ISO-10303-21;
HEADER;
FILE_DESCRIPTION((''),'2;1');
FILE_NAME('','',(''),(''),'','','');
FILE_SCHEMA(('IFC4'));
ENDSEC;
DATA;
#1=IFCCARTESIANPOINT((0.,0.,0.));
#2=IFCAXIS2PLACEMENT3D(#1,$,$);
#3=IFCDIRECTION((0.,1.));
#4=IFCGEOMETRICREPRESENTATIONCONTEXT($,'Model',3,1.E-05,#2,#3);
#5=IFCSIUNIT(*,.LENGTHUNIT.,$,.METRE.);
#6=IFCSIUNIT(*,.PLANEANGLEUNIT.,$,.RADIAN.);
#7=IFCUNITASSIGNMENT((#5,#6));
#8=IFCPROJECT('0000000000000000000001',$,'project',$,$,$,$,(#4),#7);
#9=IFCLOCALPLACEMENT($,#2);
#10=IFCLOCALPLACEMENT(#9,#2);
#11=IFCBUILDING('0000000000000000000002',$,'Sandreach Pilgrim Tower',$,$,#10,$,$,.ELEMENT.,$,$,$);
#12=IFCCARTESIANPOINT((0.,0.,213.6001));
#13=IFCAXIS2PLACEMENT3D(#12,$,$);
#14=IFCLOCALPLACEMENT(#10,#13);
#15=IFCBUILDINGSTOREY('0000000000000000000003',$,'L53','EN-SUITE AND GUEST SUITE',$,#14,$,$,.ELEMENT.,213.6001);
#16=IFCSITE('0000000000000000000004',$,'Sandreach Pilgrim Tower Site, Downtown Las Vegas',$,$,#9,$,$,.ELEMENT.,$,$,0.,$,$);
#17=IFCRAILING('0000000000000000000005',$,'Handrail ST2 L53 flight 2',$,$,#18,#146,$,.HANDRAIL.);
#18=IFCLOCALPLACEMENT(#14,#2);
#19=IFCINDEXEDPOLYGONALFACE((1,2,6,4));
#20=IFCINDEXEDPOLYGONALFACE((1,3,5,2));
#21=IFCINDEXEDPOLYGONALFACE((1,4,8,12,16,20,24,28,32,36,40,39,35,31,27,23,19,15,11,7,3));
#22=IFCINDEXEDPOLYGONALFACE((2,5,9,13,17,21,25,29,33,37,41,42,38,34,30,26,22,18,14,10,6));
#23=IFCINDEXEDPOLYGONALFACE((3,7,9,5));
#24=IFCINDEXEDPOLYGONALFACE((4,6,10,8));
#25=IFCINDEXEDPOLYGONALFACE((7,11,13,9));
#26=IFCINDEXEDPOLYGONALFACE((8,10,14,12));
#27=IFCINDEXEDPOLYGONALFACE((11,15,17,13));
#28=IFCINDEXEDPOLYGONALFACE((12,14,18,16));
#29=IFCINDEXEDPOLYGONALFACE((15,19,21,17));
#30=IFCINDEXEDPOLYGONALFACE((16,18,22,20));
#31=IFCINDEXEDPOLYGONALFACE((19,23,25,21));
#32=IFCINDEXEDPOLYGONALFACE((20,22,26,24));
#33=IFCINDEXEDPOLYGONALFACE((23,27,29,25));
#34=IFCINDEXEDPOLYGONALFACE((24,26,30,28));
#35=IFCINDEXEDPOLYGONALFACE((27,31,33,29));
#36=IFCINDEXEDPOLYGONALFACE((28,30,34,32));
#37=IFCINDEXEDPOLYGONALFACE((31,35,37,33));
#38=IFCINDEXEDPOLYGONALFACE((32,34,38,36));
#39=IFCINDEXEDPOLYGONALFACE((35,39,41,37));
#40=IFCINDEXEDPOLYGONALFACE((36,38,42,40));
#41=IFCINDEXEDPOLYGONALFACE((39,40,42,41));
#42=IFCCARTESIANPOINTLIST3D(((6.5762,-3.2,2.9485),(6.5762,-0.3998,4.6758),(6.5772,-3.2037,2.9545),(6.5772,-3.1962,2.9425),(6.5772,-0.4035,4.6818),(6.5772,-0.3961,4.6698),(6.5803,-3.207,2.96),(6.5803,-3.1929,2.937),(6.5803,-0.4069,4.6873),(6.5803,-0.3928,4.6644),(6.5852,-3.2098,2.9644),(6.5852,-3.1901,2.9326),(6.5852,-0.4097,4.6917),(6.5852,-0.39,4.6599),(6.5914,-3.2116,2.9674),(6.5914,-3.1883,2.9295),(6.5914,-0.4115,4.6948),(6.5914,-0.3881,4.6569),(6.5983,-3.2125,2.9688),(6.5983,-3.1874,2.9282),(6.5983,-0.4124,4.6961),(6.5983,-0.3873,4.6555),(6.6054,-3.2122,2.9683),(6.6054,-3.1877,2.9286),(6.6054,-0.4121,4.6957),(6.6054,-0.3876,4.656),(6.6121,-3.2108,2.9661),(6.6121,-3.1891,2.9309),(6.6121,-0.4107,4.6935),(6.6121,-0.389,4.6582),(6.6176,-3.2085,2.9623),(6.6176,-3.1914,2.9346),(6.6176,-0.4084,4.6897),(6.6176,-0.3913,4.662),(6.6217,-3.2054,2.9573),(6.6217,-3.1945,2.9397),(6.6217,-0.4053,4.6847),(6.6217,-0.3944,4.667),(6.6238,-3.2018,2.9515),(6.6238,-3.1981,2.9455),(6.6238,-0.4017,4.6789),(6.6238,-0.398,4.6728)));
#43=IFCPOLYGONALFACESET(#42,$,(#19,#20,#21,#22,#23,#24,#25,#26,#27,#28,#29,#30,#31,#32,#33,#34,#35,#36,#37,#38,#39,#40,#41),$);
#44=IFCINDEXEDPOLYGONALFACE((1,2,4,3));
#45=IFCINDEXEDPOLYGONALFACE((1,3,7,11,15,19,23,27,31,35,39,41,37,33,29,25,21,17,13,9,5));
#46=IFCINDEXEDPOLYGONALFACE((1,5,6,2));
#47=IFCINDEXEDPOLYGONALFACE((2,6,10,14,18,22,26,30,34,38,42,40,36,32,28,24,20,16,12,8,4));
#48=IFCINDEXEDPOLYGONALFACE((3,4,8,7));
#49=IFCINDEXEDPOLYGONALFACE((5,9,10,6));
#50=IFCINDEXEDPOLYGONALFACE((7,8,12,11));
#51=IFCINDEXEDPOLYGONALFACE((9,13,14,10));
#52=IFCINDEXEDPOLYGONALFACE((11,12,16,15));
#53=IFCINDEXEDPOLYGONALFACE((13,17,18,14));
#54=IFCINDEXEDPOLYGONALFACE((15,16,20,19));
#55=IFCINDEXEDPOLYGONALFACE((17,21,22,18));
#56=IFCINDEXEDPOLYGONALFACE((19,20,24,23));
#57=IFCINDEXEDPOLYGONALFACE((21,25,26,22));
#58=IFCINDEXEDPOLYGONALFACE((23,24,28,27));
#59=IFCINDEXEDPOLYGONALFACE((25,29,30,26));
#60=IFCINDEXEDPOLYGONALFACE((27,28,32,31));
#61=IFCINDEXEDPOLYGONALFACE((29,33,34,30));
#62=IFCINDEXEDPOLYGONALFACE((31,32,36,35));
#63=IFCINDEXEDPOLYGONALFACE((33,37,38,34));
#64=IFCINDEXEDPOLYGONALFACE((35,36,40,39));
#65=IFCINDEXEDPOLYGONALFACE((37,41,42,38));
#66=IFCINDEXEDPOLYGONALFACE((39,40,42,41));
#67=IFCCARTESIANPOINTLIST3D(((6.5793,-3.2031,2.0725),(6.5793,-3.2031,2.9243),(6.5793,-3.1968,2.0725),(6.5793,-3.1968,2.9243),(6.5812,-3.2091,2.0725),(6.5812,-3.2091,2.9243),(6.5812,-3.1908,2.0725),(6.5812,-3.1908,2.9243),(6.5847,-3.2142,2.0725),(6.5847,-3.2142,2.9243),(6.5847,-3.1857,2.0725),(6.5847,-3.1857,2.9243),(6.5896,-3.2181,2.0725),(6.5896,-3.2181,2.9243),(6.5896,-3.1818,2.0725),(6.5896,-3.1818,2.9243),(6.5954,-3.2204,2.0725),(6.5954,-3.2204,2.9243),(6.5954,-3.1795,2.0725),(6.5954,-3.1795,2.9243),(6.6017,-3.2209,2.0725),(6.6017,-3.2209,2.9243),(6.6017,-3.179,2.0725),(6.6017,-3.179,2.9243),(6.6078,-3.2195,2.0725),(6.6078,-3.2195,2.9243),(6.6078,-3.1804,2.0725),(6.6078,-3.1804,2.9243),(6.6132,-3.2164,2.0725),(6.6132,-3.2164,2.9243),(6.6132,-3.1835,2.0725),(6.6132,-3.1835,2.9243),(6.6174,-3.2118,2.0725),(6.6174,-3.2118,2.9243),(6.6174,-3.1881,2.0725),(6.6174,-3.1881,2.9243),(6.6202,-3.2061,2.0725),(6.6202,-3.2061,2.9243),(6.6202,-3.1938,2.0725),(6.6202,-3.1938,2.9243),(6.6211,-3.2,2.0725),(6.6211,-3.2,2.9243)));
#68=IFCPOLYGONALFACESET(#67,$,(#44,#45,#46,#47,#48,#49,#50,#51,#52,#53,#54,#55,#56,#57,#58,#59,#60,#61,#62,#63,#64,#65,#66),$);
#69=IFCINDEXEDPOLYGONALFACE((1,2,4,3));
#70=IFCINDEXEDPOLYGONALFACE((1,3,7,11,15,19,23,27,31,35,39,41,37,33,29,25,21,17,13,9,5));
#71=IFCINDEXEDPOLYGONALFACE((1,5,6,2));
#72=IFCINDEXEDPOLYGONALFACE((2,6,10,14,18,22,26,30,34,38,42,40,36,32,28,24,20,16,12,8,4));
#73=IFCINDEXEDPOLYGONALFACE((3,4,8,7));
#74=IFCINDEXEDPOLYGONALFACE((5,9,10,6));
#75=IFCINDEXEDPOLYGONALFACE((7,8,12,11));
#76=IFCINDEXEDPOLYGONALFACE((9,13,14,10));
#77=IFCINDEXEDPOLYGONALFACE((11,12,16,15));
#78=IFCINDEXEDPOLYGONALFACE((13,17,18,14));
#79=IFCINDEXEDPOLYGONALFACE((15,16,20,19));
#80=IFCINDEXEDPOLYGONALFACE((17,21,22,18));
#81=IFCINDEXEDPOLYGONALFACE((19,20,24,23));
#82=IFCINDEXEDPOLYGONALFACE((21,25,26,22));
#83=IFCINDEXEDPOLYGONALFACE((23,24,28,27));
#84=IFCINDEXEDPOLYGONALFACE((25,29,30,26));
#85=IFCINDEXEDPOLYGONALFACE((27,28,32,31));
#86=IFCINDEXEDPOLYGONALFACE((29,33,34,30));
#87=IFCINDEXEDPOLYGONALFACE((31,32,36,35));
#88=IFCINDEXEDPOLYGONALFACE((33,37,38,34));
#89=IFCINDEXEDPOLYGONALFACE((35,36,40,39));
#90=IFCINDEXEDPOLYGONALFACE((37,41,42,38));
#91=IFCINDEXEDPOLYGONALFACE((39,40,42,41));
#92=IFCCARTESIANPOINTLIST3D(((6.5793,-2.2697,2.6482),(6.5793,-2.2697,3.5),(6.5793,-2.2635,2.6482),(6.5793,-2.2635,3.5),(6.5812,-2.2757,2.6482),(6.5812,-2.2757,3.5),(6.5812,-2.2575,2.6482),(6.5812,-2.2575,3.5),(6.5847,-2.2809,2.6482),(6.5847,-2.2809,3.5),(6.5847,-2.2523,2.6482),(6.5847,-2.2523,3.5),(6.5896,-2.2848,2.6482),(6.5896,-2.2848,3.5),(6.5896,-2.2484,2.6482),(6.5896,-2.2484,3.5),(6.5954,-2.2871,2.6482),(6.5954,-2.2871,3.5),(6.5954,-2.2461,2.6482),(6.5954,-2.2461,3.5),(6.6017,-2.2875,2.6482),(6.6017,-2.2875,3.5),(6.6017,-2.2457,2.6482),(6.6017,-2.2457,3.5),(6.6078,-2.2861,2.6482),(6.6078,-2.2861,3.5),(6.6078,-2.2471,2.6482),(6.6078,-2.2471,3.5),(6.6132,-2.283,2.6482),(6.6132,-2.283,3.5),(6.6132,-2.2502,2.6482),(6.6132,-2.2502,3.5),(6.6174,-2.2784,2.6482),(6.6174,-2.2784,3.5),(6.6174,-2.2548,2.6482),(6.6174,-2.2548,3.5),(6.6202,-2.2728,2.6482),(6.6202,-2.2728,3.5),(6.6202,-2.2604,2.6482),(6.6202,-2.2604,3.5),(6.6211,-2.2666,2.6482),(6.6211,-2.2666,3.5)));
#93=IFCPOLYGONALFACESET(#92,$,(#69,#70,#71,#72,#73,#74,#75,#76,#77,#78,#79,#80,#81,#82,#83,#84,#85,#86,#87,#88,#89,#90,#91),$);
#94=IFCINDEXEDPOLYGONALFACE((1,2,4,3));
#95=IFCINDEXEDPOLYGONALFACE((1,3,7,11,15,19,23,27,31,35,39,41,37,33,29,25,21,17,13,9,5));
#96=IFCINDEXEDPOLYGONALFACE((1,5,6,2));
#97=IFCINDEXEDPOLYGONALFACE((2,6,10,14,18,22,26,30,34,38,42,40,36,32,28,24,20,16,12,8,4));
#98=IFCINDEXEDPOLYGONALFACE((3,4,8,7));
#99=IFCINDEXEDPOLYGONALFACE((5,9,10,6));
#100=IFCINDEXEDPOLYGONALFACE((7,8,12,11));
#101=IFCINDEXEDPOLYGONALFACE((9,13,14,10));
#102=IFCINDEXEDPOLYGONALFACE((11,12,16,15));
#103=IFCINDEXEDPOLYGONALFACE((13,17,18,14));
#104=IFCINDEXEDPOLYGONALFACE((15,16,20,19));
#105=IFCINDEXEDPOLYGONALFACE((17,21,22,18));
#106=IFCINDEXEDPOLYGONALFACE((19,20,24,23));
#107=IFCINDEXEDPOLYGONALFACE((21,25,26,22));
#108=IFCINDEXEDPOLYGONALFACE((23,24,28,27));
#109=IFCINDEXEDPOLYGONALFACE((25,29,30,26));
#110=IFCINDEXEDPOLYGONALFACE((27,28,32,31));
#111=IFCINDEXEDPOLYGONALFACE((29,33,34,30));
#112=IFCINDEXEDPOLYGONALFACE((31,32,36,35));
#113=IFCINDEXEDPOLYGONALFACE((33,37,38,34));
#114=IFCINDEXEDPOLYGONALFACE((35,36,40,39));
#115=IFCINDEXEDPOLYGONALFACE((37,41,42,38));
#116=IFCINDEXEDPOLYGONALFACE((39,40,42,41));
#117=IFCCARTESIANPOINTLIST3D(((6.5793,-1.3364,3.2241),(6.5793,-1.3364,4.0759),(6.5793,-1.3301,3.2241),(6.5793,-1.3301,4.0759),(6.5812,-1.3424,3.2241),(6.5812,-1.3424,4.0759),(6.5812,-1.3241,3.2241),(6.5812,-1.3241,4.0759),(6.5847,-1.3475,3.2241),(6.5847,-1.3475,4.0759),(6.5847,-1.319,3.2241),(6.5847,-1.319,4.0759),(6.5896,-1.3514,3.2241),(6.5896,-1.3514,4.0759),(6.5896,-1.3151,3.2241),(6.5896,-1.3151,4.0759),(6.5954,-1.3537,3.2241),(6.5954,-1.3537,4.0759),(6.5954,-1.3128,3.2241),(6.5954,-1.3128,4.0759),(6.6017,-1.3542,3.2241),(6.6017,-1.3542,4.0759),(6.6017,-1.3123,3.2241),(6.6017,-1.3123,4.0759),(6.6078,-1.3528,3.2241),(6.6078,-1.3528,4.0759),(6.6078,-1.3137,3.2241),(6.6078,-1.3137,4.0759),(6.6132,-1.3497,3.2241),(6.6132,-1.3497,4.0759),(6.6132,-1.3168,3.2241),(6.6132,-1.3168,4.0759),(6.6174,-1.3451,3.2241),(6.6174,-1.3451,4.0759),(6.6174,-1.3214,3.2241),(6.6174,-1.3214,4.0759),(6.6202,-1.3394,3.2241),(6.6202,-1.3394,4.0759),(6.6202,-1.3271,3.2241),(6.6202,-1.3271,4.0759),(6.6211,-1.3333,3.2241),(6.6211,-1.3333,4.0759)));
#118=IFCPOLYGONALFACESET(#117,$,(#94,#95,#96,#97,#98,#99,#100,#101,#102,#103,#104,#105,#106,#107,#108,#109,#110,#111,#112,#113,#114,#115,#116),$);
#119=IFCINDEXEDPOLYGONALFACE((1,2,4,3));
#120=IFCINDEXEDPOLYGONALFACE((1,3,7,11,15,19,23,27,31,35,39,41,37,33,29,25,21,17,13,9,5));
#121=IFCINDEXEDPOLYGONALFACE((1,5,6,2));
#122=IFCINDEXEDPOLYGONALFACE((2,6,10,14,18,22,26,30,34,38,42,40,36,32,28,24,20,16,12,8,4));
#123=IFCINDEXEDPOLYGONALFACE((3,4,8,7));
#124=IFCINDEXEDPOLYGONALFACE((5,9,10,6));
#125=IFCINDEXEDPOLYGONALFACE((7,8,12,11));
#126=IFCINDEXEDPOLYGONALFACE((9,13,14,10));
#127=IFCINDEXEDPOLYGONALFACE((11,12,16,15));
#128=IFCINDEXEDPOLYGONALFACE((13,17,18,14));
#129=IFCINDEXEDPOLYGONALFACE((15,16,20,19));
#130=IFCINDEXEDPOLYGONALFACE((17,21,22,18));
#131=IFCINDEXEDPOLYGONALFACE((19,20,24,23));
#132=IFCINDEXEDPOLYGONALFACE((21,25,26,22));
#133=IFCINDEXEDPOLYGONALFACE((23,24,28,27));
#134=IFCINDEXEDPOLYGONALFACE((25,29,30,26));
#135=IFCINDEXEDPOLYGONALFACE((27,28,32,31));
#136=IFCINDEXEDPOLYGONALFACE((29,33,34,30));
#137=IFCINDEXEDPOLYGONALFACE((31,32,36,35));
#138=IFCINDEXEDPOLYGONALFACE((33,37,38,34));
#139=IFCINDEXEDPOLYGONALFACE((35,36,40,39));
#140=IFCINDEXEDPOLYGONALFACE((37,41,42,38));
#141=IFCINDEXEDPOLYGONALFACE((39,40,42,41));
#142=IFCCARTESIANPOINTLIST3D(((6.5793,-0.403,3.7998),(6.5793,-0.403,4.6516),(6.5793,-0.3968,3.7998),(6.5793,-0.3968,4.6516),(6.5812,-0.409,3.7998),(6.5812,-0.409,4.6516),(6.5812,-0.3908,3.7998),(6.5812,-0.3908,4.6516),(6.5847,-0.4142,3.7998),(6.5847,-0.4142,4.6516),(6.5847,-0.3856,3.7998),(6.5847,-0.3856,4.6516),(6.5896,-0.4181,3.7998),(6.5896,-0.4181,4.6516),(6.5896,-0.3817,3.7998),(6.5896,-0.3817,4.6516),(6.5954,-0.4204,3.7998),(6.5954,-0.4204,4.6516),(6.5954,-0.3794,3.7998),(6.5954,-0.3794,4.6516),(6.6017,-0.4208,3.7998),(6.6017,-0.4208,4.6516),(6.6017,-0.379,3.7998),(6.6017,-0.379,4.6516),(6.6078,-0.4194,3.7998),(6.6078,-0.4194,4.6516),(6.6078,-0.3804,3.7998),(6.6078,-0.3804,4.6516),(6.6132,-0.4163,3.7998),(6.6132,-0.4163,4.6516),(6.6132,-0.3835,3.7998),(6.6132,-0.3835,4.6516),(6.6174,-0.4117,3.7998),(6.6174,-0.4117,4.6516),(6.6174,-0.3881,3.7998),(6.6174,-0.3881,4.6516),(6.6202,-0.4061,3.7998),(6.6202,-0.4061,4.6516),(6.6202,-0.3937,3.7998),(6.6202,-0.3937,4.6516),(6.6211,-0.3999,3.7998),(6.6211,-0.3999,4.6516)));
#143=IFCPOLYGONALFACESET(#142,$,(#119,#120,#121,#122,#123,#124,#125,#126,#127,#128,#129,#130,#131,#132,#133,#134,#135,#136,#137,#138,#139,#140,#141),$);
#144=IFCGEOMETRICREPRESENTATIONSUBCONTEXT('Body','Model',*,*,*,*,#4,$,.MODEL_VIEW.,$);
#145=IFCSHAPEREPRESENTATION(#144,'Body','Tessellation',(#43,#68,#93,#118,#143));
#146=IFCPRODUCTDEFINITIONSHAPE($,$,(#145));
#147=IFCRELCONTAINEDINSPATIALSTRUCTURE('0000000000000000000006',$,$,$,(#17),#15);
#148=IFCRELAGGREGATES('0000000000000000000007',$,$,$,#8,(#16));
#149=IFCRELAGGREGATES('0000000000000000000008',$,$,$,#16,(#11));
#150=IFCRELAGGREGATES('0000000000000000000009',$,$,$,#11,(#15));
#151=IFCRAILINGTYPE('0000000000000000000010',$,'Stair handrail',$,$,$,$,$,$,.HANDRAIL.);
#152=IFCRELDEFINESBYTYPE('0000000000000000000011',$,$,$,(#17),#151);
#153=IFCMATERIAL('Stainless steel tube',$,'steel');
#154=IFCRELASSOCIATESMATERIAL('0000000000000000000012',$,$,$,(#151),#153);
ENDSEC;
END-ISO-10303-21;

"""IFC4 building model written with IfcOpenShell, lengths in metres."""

from ifc_helpers import new_model, si_unit, direction, frame, origin, origin_2d, place, context, subcontext, project, spatial, circle, extrude, material, type_object, element, save


model = new_model("IFC4")

# Units and contexts
model_context = context("Model", 3, precision=1e-05, world=origin(), true_north=direction((0.0, 1.0)))
body_context = subcontext(model_context, "Body", "Model", "MODEL_VIEW")
ifc_project = project(units=[si_unit("LENGTHUNIT", "METRE"), si_unit("PLANEANGLEUNIT", "RADIAN")], contexts=[model_context])

# Site, building, storey
site_placement = place(None, origin())
site = spatial("IfcSite", under=ifc_project, at=site_placement, Name="Sandreach Pilgrim Tower Site, Downtown Las Vegas", CompositionType="ELEMENT", RefElevation=0.0)
building_placement = place(site_placement, origin())
building = spatial("IfcBuilding", under=site, at=building_placement, Name="Sandreach Pilgrim Tower", CompositionType="ELEMENT")
storey_placement = place(building_placement, frame((0.0, 0.0, 213.6001)))
storey = spatial("IfcBuildingStorey", under=building, at=storey_placement, Name="L53", Description="EN-SUITE AND GUEST SUITE", CompositionType="ELEMENT", Elevation=213.6001)

# Railing
ifc_material_1 = material(Name="Stainless steel tube", Category="steel")
railing_type = type_object("IfcRailingType", Name="Stair handrail", PredefinedType="HANDRAIL", material=ifc_material_1)
for number, where, name in (
    (1, (6.6001, -3.2, 2.0725), "Handrail ST2 L53 flight 2"),
):
    element("IfcRailing", number, at=place(storey_placement, frame(where)), inside=storey, type_object=railing_type, Name=name, PredefinedType="HANDRAIL", context=body_context, shape_type="SweptSolid", body=[
        extrude(circle(Radius=0.0239, at=origin_2d()), frame((0.0, 0.0, 0.876), z_axis=(0.0, 0.85109, 0.52502), x_axis=(-1.0, 0.0, 0.0)), (0.0, 0.0, 1.0), 3.29),
        extrude(circle(Radius=0.021, at=origin_2d()), origin(), (0.0, 0.0, 1.0), 0.8518),
        extrude(circle(Radius=0.021, at=origin_2d()), frame((0.0, 0.9333, 0.5757)), (0.0, 0.0, 1.0), 0.8518),
        extrude(circle(Radius=0.021, at=origin_2d()), frame((0.0, 1.8667, 1.1516)), (0.0, 0.0, 1.0), 0.8518),
        extrude(circle(Radius=0.021, at=origin_2d()), frame((0.0, 2.8, 1.7273)), (0.0, 0.0, 1.0), 0.8518),
    ])

save(model, "model.ifc")
